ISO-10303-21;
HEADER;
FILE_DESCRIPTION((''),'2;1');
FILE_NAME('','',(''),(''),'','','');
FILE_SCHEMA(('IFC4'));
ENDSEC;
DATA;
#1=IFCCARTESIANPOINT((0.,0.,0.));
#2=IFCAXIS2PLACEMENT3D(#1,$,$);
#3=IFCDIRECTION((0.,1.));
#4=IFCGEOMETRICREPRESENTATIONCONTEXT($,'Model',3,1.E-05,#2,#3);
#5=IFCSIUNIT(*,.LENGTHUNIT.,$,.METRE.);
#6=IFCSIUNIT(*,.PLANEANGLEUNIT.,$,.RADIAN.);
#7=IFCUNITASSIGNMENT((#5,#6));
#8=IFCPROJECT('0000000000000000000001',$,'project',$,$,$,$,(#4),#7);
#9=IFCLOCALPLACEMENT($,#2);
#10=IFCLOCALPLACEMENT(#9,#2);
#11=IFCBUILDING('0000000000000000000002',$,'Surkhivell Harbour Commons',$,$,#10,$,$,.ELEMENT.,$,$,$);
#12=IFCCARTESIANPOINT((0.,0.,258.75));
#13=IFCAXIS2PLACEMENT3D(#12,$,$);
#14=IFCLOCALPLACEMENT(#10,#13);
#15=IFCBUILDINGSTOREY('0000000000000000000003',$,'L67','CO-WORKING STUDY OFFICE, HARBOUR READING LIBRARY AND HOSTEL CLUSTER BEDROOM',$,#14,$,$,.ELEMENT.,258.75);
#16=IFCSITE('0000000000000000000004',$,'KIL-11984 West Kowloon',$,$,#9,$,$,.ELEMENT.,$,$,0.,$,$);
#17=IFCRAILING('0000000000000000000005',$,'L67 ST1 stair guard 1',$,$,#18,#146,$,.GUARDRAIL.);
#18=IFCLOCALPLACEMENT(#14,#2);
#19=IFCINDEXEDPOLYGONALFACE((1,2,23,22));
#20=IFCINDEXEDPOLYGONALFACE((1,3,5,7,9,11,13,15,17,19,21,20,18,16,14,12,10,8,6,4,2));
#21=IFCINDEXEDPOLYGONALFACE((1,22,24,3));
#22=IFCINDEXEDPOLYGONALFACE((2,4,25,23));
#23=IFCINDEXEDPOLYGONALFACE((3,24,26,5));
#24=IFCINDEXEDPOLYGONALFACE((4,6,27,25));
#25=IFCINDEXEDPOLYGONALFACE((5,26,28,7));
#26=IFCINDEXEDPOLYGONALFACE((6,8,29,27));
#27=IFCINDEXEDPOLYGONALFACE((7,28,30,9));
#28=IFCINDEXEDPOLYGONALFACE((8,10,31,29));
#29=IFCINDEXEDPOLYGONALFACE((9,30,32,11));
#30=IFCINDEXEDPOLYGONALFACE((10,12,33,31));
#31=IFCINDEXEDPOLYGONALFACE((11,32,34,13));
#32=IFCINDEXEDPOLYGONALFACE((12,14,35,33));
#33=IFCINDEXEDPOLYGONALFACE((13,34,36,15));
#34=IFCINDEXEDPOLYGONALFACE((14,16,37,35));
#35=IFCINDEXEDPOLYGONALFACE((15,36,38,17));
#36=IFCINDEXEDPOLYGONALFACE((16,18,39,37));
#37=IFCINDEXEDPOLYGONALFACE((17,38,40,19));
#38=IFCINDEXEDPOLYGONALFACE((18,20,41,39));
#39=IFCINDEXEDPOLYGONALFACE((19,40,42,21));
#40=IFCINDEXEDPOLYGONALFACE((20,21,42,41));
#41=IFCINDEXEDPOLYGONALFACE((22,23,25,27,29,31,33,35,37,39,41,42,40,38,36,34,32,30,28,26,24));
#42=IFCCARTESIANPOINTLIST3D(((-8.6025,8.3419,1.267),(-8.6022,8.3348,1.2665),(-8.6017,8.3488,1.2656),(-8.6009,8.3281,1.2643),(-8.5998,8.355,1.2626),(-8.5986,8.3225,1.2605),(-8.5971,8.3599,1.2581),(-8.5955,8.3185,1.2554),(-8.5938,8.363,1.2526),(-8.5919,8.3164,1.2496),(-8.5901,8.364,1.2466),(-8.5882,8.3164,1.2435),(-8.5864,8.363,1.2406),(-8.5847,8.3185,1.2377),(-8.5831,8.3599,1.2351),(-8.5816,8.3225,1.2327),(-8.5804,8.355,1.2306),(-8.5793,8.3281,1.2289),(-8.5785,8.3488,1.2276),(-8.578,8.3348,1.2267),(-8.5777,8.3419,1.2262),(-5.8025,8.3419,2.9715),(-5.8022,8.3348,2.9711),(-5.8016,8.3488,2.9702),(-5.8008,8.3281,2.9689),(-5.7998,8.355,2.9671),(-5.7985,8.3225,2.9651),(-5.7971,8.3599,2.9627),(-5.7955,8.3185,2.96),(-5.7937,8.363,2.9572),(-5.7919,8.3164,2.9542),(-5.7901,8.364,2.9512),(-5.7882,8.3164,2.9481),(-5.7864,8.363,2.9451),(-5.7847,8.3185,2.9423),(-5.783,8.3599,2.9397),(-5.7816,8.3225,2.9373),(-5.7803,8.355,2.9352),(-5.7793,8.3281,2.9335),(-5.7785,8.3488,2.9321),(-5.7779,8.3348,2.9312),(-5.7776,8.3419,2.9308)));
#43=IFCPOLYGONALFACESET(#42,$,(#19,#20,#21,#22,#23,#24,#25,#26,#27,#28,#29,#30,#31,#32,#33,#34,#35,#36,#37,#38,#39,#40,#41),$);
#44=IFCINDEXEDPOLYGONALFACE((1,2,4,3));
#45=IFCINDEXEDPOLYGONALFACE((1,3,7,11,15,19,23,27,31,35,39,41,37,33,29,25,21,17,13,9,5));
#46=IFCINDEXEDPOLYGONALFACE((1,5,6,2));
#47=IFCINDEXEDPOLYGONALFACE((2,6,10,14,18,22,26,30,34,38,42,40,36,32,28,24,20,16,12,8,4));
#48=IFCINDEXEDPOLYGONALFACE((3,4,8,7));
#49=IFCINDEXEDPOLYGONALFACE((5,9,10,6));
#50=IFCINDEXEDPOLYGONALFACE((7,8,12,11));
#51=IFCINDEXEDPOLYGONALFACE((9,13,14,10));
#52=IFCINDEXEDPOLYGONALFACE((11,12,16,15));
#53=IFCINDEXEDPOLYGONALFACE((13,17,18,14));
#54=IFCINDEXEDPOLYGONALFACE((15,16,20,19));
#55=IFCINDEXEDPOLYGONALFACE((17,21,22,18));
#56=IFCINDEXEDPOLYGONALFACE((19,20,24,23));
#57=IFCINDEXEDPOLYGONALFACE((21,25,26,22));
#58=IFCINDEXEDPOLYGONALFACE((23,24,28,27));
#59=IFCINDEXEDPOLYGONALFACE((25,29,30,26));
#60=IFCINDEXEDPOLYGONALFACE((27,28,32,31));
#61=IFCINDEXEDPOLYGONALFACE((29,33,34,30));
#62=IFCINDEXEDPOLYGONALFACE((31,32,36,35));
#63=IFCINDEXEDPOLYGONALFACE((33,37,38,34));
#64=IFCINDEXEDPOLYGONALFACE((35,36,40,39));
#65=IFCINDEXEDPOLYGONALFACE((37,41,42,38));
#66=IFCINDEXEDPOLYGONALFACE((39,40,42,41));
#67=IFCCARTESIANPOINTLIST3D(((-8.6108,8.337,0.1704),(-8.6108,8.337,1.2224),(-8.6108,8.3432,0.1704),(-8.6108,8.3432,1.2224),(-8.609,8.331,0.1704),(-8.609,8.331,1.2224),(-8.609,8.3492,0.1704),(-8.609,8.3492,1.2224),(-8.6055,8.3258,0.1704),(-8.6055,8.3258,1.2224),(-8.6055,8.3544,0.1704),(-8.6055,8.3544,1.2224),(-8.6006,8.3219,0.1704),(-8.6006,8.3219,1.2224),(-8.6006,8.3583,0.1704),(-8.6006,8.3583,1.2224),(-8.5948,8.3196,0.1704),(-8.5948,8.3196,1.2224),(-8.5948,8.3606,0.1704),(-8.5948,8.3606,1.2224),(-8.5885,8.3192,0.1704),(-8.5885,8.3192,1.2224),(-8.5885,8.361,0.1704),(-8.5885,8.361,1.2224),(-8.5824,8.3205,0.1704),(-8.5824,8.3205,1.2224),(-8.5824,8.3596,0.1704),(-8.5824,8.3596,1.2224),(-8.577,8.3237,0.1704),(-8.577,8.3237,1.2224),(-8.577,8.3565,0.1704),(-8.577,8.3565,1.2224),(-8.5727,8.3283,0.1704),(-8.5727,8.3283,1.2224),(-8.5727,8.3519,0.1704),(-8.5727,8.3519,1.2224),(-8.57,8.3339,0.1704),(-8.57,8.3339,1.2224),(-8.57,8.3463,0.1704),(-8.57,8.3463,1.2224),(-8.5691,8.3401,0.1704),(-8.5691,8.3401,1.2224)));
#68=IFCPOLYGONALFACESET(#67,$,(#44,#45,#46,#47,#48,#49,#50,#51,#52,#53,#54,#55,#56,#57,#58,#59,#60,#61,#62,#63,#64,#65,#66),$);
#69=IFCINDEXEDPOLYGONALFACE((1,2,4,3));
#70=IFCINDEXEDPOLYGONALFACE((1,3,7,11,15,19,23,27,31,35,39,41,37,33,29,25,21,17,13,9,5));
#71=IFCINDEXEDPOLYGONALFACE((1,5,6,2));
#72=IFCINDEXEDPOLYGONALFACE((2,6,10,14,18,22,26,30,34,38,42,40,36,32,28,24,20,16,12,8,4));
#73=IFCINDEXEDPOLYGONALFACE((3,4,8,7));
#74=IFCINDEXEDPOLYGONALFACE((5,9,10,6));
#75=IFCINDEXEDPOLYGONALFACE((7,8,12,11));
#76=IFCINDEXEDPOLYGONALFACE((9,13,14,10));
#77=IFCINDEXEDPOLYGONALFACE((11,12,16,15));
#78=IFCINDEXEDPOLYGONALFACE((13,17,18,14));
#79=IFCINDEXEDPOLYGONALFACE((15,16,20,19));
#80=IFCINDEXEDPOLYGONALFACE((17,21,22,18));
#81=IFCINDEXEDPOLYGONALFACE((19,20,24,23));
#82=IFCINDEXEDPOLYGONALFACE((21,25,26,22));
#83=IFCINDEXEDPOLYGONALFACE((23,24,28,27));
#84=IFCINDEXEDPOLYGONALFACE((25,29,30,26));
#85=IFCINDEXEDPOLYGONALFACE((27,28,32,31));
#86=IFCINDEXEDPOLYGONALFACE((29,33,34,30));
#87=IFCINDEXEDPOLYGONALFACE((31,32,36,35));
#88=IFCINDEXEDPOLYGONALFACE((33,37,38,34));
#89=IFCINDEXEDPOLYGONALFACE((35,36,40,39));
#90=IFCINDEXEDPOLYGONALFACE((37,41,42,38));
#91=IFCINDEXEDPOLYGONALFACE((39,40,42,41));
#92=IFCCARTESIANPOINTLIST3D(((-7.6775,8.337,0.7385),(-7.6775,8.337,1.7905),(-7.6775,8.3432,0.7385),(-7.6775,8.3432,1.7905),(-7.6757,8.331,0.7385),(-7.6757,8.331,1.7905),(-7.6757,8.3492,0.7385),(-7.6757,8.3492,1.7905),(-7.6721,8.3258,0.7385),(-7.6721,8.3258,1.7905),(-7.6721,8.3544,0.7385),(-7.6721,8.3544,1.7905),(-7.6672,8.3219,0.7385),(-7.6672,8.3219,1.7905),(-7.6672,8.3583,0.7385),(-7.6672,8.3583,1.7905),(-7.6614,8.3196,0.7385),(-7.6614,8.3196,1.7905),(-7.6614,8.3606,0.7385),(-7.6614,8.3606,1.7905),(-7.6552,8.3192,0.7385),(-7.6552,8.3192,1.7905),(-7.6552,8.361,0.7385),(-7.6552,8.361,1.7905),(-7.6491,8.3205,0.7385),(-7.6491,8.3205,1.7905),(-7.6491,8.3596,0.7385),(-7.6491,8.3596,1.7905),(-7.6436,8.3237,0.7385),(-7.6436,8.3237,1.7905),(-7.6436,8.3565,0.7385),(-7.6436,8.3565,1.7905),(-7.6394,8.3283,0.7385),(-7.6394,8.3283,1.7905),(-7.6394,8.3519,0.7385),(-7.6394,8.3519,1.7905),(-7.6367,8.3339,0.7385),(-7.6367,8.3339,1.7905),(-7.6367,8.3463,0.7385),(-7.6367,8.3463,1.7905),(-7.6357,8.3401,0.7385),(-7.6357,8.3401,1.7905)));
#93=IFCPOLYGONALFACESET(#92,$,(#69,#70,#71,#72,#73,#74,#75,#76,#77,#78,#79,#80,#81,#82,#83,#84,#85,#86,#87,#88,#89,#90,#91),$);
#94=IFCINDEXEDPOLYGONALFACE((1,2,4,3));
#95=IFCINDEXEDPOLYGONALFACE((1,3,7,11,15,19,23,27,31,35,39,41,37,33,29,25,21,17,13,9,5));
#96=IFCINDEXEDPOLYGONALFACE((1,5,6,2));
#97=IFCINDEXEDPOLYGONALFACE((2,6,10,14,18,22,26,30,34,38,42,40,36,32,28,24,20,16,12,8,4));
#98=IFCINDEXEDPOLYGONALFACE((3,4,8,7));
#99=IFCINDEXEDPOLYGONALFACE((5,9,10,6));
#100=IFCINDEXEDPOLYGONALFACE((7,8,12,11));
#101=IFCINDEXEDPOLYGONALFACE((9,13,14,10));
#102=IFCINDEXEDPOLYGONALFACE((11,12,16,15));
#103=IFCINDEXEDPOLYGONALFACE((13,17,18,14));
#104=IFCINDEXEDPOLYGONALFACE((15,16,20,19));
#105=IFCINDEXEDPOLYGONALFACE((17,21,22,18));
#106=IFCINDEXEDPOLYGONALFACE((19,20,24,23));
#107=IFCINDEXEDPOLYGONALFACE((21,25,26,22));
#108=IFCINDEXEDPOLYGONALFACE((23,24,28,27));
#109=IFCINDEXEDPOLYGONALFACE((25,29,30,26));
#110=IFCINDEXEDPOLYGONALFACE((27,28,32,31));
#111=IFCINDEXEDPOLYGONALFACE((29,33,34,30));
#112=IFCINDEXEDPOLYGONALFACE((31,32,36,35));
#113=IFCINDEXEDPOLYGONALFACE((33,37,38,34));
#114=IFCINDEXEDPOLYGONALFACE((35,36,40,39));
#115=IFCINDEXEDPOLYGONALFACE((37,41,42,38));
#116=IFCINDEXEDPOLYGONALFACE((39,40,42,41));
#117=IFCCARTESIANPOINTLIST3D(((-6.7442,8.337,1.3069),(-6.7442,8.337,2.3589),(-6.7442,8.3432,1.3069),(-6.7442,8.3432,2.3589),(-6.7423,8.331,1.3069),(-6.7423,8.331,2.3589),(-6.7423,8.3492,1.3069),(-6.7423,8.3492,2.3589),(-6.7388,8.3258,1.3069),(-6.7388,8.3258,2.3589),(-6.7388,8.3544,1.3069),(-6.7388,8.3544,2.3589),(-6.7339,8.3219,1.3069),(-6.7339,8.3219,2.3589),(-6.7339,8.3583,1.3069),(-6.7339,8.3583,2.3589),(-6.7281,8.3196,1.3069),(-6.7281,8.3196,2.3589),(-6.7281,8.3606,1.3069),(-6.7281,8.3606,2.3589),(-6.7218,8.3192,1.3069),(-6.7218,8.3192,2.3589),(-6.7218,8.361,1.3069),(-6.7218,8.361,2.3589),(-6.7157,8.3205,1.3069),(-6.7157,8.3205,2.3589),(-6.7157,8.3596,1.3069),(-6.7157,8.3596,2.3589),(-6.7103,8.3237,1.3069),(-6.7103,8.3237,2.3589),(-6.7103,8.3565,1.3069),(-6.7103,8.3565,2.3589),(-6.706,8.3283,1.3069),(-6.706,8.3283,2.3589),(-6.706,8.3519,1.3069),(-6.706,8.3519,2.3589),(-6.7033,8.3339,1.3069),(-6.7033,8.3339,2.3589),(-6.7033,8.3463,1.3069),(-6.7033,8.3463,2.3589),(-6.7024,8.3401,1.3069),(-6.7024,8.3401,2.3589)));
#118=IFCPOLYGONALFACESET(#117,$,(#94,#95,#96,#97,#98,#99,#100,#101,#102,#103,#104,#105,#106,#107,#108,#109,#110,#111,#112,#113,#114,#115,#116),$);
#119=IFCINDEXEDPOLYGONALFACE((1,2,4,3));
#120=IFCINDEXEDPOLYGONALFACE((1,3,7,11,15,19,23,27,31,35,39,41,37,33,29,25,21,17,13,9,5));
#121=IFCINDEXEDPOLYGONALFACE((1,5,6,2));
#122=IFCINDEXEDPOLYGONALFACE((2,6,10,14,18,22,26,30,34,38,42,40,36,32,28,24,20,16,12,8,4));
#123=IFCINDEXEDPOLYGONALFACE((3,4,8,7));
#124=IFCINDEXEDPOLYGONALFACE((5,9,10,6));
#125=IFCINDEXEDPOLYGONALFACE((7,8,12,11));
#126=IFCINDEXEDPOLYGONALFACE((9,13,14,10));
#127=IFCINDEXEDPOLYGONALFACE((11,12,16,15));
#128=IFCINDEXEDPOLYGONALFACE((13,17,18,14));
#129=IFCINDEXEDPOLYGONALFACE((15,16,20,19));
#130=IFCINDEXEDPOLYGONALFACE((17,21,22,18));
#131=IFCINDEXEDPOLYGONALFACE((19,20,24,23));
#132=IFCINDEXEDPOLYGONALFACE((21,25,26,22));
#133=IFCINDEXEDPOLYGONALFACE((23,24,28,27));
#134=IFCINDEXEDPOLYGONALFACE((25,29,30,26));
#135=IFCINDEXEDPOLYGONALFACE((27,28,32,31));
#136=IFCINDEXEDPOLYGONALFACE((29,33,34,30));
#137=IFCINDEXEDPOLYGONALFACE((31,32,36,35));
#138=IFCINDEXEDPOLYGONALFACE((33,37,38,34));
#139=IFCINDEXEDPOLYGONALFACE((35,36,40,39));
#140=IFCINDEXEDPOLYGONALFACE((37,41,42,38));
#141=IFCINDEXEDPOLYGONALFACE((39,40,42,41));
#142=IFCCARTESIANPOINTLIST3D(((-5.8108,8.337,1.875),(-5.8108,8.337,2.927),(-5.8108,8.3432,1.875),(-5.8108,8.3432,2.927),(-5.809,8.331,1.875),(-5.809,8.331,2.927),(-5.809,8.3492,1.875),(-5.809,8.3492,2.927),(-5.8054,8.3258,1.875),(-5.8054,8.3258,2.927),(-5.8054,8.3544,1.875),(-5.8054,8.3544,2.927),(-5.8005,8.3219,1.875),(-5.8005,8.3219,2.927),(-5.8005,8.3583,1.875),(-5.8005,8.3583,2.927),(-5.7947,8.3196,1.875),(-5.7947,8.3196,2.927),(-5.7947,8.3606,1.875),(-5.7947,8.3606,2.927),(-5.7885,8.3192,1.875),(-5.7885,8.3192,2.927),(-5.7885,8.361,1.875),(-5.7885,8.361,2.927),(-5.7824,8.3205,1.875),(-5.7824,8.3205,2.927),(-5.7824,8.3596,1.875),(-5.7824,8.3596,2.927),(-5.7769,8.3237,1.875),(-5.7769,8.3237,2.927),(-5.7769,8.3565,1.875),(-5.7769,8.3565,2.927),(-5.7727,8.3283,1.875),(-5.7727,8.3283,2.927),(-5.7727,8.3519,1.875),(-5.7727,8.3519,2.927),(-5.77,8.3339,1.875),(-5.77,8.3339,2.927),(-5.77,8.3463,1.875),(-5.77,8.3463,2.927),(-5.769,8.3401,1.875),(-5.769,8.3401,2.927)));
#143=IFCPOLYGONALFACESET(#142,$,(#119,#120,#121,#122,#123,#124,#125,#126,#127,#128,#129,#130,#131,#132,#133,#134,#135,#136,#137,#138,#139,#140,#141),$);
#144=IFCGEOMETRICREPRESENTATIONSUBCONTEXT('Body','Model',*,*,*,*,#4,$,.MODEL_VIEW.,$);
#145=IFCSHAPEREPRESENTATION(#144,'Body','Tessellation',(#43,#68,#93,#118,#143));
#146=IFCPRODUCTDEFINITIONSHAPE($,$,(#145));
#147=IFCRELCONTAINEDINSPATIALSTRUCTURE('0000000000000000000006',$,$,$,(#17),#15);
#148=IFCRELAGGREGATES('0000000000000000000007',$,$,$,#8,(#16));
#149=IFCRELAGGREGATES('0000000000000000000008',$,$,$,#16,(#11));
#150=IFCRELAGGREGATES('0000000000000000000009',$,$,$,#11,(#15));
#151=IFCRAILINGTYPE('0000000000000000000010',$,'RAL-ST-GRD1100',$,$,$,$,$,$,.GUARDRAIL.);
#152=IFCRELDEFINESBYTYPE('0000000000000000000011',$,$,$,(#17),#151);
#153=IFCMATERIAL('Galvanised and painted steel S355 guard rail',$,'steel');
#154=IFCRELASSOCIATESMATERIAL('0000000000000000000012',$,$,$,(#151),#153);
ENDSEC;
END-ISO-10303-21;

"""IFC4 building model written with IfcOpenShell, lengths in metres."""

from ifc_helpers import new_model, si_unit, direction, frame, origin, origin_2d, place, context, subcontext, project, spatial, circle, extrude, material, type_object, element, save


model = new_model("IFC4")

# Units and contexts
model_context = context("Model", 3, precision=1e-05, world=origin(), true_north=direction((0.0, 1.0)))
body_context = subcontext(model_context, "Body", "Model", "MODEL_VIEW")
ifc_project = project(units=[si_unit("LENGTHUNIT", "METRE"), si_unit("PLANEANGLEUNIT", "RADIAN")], contexts=[model_context])

# Site, building, storey
site_placement = place(None, origin())
site = spatial("IfcSite", under=ifc_project, at=site_placement, Name="KIL-11984 West Kowloon", CompositionType="ELEMENT", RefElevation=0.0)
building_placement = place(site_placement, origin())
building = spatial("IfcBuilding", under=site, at=building_placement, Name="Surkhivell Harbour Commons", CompositionType="ELEMENT")
storey_placement = place(building_placement, frame((0.0, 0.0, 258.75)))
storey = spatial("IfcBuildingStorey", under=building, at=storey_placement, Name="L67", Description="CO-WORKING STUDY OFFICE, HARBOUR READING LIBRARY AND HOSTEL CLUSTER BEDROOM", CompositionType="ELEMENT", Elevation=258.75)

# Railing
ifc_material_1 = material(Name="Galvanised and painted steel S355 guard rail", Category="steel")
railing_type_1 = type_object("IfcRailingType", Name="RAL-ST-GRD1100", PredefinedType="GUARDRAIL", material=ifc_material_1)
railing_1_placement = place(storey_placement, frame((-8.5901, 8.3401, 0.1704)))
element("IfcRailing", 1, at=railing_1_placement, inside=storey, type_object=railing_type_1, Name="L67 ST1 stair guard 1", PredefinedType="GUARDRAIL", context=body_context, shape_type="SweptSolid", body=[
    extrude(circle(Radius=0.0239, at=origin_2d()), frame((0.0, 0.0, 1.0762), z_axis=(0.85417, 0.0, 0.519994), x_axis=(0.0, 1.0, 0.0)), (0.0, 0.0, 1.0), 3.2781),
    extrude(circle(Radius=0.021, at=origin_2d()), origin(), (0.0, 0.0, 1.0), 1.052),
    extrude(circle(Radius=0.021, at=origin_2d()), frame((0.9333, 0.0, 0.5681)), (0.0, 0.0, 1.0), 1.052),
    extrude(circle(Radius=0.021, at=origin_2d()), frame((1.8667, 0.0, 1.1365)), (0.0, 0.0, 1.0), 1.052),
    extrude(circle(Radius=0.021, at=origin_2d()), frame((2.8, 0.0, 1.7046)), (0.0, 0.0, 1.0), 1.052),
])

save(model, "model.ifc")
